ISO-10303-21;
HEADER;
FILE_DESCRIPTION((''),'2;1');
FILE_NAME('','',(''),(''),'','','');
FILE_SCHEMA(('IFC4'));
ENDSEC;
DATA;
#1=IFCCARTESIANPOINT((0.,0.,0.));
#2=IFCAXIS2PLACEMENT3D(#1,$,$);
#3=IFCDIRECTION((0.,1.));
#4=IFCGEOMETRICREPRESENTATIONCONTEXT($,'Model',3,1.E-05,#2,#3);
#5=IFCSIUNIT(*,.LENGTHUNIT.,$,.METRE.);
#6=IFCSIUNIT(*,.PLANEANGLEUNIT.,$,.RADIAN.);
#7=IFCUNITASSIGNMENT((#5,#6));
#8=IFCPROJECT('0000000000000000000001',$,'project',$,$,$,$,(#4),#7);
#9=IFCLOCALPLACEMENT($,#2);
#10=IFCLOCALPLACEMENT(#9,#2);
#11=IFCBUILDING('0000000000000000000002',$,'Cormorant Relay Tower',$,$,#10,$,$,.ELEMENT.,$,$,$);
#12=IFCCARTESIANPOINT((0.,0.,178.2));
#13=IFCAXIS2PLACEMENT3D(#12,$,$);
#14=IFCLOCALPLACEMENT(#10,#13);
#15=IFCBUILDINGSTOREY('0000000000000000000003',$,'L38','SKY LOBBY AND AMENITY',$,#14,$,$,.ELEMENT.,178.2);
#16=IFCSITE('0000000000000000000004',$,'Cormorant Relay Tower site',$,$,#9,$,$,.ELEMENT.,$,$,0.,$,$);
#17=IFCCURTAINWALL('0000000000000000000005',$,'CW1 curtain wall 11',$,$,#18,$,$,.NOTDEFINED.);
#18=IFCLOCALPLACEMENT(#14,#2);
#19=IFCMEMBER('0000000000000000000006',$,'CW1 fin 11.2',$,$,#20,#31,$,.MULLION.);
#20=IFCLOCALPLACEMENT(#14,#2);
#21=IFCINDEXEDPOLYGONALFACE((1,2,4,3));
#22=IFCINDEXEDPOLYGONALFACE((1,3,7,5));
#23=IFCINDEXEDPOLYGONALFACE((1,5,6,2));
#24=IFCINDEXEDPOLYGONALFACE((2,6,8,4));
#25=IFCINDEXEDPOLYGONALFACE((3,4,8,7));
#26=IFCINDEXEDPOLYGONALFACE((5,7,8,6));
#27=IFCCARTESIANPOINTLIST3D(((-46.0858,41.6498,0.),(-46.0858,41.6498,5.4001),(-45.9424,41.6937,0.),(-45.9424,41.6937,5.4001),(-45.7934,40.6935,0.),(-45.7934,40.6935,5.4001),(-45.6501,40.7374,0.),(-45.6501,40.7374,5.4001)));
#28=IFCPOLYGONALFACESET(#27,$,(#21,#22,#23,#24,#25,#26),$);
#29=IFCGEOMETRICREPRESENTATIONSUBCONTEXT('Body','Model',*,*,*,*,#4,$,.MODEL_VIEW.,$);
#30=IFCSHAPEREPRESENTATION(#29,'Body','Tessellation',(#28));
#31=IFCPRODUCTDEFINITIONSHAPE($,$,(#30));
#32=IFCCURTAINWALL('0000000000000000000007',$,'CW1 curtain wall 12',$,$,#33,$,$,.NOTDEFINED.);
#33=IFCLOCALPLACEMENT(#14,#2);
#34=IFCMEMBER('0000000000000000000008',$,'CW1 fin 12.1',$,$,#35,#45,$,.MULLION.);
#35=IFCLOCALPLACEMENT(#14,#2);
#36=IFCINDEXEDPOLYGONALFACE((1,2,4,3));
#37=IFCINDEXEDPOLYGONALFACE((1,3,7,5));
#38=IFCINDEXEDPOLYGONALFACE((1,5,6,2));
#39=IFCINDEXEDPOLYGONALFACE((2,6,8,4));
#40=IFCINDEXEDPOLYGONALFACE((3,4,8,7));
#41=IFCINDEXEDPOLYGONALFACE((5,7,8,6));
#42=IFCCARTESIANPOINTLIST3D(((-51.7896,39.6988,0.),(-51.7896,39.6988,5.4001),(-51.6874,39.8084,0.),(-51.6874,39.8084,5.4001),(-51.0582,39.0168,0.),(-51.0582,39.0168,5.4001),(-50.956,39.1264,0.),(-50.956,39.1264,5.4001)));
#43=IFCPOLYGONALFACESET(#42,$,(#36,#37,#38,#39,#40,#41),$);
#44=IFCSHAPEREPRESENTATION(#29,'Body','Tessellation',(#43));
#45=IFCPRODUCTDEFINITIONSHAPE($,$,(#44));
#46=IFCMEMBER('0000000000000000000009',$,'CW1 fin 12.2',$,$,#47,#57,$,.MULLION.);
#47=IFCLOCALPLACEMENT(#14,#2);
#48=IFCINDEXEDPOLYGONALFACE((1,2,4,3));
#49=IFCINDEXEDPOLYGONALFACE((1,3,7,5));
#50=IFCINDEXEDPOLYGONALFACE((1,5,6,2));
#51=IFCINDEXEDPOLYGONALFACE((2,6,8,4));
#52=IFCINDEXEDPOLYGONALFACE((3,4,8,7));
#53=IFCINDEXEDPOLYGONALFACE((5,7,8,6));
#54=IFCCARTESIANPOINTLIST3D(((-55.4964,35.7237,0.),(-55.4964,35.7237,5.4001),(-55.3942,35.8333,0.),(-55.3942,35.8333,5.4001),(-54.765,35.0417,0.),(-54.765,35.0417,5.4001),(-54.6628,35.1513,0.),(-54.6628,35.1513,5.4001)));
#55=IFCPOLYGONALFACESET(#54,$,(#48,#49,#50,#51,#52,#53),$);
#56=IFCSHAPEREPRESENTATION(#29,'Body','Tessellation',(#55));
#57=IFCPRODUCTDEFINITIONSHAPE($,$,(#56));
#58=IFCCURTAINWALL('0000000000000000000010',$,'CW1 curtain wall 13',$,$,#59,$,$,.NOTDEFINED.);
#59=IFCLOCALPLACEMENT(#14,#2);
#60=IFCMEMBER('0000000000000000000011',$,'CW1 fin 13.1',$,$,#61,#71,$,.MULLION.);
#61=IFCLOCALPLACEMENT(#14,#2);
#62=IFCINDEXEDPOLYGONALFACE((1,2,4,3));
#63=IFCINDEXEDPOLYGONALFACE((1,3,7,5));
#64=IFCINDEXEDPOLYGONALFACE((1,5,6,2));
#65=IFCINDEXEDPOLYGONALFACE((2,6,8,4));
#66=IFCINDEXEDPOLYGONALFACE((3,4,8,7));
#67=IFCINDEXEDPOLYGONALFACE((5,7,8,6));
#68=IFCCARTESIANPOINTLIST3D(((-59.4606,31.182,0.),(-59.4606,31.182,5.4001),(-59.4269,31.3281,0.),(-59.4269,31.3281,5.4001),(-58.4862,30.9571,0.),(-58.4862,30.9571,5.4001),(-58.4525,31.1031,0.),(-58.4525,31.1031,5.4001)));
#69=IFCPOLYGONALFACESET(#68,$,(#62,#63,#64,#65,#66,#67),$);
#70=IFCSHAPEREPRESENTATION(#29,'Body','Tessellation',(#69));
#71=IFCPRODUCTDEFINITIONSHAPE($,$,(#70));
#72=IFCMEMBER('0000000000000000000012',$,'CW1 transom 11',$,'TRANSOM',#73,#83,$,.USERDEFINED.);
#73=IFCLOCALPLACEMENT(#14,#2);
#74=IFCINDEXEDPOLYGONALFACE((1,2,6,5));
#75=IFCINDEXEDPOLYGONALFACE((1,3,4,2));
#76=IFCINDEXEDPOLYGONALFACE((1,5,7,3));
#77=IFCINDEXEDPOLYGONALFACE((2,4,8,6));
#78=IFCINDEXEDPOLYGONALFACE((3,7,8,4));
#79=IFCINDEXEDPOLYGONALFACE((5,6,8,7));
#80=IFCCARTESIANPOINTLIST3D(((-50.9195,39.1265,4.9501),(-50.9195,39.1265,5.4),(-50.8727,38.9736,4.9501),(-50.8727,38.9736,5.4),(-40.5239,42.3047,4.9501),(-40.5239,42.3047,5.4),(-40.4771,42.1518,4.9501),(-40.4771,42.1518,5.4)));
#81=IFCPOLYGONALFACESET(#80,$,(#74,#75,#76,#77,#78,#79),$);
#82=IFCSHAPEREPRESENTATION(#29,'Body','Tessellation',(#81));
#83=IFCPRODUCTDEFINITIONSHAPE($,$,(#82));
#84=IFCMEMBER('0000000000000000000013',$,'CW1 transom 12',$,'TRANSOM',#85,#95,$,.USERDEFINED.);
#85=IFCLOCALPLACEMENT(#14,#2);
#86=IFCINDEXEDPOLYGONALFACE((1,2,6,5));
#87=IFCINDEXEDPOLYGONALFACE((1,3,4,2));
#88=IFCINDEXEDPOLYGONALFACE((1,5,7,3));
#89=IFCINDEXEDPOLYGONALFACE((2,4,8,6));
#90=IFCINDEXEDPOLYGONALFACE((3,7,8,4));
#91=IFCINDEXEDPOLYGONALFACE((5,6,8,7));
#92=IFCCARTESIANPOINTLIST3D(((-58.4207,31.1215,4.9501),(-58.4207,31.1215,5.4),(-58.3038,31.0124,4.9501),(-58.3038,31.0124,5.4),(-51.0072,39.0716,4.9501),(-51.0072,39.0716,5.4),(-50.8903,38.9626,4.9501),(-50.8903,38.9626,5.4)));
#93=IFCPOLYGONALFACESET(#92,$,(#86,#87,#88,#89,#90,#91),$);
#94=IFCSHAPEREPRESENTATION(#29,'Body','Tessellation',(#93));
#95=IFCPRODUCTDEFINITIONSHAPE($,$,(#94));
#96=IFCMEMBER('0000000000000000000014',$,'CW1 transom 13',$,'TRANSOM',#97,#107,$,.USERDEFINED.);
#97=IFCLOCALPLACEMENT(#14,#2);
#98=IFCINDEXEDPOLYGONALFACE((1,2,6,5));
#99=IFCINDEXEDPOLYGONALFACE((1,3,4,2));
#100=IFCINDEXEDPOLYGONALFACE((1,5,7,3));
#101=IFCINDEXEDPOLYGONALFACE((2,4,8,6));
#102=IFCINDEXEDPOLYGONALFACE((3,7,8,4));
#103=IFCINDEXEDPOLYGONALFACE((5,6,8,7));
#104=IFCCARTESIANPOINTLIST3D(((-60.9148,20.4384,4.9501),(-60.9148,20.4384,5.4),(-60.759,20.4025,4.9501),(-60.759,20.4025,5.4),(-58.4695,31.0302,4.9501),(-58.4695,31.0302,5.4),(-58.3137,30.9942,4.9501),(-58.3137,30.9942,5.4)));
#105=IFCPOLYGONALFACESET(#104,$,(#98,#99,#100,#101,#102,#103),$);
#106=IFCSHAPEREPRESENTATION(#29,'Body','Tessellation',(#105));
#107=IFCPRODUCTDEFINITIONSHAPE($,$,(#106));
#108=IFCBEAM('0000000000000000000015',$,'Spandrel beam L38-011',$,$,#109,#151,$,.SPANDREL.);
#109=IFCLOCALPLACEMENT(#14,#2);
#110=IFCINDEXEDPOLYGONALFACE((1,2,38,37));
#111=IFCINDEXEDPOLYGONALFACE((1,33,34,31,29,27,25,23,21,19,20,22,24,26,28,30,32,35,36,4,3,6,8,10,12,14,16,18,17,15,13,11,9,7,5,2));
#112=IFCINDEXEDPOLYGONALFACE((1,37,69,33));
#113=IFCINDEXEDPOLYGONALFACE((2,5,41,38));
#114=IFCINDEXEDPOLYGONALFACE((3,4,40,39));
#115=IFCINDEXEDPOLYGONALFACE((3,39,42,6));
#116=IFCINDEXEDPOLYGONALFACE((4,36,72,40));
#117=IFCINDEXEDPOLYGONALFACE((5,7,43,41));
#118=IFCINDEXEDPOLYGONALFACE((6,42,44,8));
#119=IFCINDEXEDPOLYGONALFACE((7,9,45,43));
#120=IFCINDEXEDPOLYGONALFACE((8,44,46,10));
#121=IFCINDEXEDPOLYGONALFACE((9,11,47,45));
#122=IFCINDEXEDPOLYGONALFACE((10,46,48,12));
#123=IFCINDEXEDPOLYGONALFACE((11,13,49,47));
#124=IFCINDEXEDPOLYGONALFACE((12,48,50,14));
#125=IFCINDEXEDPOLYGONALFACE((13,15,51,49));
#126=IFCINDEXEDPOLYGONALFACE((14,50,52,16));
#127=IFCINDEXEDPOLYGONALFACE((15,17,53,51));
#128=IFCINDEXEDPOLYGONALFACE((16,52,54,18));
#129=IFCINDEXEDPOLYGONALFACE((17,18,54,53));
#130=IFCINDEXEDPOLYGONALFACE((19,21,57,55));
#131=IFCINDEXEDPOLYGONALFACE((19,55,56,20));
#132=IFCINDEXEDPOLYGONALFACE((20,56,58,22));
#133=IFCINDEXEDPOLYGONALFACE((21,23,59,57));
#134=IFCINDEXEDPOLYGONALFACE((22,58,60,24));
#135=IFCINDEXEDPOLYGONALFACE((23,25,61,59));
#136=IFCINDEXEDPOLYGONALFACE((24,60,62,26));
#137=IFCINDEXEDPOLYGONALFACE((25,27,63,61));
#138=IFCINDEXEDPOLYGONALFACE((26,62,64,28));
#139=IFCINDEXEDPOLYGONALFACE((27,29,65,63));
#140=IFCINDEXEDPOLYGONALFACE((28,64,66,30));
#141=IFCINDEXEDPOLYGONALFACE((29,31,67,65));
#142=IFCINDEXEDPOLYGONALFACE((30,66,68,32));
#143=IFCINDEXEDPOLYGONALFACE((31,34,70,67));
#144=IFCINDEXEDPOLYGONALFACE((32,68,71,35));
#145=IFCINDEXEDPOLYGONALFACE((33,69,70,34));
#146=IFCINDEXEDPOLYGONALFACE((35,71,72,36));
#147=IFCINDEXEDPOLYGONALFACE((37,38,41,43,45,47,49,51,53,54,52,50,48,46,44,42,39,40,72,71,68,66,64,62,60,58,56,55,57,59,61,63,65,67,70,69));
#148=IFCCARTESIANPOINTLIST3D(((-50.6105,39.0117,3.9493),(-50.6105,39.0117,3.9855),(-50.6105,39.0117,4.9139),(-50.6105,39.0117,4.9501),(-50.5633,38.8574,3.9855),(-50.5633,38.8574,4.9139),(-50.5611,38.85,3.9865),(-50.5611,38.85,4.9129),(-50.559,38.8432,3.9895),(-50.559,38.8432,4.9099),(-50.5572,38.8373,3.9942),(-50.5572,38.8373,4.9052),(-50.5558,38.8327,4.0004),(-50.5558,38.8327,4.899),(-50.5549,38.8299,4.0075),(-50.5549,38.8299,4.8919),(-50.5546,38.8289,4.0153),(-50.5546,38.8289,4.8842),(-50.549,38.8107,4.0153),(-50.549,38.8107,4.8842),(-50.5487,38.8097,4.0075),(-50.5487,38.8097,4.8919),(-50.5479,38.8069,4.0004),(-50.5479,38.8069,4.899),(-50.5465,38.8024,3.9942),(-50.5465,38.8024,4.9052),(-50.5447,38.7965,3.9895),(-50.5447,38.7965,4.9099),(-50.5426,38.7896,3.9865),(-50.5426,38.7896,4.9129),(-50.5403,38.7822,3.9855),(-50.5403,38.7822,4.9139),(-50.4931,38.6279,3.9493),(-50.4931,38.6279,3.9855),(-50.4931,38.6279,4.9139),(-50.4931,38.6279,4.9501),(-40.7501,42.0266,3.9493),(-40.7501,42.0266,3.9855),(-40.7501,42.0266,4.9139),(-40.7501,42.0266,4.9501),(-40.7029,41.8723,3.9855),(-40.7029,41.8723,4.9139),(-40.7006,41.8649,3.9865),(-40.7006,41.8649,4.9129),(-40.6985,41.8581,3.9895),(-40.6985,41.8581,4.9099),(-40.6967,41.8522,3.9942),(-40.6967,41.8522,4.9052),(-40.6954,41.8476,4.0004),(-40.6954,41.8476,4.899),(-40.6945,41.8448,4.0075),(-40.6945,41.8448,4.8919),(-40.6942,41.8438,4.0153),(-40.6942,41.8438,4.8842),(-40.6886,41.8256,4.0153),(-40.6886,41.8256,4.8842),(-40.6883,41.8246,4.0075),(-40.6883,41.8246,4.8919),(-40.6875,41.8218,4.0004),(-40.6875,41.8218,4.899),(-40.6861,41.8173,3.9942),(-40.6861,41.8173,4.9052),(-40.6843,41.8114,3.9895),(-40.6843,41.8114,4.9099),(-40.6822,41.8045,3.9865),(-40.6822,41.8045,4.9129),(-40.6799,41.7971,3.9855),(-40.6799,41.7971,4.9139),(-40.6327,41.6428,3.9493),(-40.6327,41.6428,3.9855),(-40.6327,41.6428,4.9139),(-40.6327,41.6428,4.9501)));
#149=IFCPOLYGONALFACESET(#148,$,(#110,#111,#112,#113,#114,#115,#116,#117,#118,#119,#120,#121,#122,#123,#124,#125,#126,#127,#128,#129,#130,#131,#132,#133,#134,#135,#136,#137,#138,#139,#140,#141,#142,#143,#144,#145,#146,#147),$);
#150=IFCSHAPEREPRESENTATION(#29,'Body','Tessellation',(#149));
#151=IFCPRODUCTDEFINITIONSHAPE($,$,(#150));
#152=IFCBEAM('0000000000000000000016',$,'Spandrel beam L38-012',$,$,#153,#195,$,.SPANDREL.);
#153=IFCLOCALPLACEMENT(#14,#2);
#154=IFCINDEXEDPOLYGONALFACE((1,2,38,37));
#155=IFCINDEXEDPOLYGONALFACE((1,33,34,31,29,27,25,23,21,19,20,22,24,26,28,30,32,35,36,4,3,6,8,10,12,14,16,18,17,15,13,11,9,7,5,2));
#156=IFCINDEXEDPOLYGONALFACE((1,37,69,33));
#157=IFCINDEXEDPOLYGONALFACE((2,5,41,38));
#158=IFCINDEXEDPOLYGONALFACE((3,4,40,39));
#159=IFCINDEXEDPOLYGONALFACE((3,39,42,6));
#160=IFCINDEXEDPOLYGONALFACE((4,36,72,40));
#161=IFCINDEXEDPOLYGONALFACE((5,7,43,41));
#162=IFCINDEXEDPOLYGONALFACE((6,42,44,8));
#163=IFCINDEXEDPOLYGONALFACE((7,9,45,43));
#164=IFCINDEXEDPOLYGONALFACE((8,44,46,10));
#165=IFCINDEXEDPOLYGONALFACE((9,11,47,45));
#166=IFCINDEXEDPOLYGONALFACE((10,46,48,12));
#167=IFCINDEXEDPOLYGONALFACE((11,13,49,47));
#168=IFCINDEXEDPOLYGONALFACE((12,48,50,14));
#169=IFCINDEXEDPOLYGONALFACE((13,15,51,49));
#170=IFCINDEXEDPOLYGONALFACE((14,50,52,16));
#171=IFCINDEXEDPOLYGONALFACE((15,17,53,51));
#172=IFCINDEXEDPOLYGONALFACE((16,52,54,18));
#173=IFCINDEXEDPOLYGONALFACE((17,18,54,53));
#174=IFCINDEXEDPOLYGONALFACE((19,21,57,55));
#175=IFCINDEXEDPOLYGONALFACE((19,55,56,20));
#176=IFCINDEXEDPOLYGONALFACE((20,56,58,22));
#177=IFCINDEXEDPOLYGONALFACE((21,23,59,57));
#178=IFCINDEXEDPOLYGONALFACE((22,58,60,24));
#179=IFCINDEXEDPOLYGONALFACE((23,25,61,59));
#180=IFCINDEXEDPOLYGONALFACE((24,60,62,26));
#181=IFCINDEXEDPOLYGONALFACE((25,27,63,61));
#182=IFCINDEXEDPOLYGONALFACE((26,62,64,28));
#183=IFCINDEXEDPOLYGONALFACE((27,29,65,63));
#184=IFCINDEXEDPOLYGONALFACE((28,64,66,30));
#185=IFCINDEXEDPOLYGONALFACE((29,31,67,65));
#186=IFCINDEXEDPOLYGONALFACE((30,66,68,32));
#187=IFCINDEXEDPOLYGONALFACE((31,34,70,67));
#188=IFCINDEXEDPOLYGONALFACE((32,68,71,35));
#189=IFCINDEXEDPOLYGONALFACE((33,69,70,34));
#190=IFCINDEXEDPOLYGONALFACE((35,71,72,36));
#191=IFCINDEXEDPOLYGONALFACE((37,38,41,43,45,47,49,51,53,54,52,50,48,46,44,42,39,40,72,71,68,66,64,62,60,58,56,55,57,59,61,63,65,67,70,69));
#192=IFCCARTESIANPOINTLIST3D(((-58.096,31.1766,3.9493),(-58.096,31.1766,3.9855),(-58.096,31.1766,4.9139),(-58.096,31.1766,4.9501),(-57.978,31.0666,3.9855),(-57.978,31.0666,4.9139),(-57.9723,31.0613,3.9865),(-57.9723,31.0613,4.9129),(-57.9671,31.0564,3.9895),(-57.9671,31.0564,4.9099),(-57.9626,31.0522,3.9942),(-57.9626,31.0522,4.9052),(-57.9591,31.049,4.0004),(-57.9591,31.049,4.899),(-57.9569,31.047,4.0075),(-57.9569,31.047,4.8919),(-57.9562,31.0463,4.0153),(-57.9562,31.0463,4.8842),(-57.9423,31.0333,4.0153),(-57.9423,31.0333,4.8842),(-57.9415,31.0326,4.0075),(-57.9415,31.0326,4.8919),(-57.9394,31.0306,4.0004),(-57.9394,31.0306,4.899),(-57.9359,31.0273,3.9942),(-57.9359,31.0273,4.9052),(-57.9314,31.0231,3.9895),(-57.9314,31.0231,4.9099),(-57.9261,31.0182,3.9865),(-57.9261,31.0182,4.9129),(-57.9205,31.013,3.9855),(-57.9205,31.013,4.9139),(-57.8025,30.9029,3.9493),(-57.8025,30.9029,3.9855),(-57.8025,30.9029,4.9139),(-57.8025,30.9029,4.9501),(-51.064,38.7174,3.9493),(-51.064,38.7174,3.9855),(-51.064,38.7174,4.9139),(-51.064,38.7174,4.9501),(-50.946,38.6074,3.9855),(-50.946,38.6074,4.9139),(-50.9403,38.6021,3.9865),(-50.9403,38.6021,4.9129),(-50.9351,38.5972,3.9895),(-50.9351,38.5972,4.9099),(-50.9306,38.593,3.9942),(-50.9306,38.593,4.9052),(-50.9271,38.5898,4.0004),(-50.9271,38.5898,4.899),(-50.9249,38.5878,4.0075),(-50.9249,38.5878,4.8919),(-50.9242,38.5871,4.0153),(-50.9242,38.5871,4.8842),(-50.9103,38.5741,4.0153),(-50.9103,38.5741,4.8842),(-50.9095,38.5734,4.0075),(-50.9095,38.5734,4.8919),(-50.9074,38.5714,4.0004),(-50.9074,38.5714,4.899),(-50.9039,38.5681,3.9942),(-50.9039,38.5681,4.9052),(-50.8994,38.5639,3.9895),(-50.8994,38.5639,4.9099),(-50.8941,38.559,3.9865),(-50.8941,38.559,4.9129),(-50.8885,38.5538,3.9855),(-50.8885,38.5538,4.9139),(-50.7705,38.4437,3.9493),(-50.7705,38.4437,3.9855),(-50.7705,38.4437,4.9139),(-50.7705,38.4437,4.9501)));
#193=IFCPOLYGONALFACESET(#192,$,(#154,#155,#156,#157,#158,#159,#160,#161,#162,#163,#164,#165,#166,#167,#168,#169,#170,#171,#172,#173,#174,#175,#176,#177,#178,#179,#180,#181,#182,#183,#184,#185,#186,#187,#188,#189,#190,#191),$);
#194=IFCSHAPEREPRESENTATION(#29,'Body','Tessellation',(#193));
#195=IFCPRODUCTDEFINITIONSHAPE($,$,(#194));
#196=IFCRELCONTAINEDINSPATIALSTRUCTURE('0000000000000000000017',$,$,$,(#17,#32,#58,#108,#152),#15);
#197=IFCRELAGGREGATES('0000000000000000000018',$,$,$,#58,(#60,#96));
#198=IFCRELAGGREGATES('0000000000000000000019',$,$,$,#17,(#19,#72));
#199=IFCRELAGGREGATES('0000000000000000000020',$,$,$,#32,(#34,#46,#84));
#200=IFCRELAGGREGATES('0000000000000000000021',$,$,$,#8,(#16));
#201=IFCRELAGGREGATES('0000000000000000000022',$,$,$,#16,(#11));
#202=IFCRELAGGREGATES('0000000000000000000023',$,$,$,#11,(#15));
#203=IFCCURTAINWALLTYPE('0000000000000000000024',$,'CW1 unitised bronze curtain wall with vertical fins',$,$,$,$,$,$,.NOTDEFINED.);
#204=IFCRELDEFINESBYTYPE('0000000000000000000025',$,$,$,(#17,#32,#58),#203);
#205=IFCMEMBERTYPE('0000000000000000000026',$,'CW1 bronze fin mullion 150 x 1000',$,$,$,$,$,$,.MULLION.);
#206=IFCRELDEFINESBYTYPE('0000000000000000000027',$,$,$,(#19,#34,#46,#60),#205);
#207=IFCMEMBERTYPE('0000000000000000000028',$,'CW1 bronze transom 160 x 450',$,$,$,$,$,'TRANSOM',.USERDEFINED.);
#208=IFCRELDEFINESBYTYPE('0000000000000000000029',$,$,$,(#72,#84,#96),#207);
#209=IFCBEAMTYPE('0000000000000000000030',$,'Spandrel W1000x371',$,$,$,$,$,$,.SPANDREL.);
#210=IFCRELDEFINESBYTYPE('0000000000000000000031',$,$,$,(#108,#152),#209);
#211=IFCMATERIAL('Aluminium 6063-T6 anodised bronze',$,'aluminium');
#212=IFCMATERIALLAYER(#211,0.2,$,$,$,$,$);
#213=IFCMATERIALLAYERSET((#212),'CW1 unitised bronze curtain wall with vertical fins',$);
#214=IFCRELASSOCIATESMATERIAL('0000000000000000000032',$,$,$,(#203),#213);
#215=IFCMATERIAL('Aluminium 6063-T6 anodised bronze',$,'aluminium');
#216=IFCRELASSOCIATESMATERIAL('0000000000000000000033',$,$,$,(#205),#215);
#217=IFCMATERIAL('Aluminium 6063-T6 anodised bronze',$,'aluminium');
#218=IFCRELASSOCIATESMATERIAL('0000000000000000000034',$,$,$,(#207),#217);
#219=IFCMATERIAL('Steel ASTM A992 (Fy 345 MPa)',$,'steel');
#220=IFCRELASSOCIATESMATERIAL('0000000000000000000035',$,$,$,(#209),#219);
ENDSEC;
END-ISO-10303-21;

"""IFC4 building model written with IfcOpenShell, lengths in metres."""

from ifc_helpers import new_model, si_unit, direction, frame, origin, origin_2d, place, context, subcontext, project, spatial, rectangle, i_section, extrude, material, layer, layer_set, material_profile, profile_set, type_object, element, aggregate, save


model = new_model("IFC4")

# Units and contexts
model_context = context("Model", 3, precision=1e-05, world=origin(), true_north=direction((0.0, 1.0)))
body_context = subcontext(model_context, "Body", "Model", "MODEL_VIEW")
ifc_project = project(units=[si_unit("LENGTHUNIT", "METRE"), si_unit("PLANEANGLEUNIT", "RADIAN")], contexts=[model_context])

# Site, building, storey
site_placement = place(None, origin())
site = spatial("IfcSite", under=ifc_project, at=site_placement, Name="Cormorant Relay Tower site", CompositionType="ELEMENT", RefElevation=0.0)
building_placement = place(site_placement, origin())
building = spatial("IfcBuilding", under=site, at=building_placement, Name="Cormorant Relay Tower", CompositionType="ELEMENT")
storey_placement = place(building_placement, frame((0.0, 0.0, 178.2)))
storey = spatial("IfcBuildingStorey", under=building, at=storey_placement, Name="L38", Description="SKY LOBBY AND AMENITY", CompositionType="ELEMENT", Elevation=178.2)

# Curtain walls, members
ifc_material_1 = material(Name="Aluminium 6063-T6 anodised bronze", Category="aluminium")
ifc_layer_1 = layer(ifc_material_1, 0.2)
ifc_layer_set_1 = layer_set([ifc_layer_1], Name="CW1 unitised bronze curtain wall with vertical fins")
curtain_wall_type = type_object("IfcCurtainWallType", Name="CW1 unitised bronze curtain wall with vertical fins", PredefinedType="NOTDEFINED", material=ifc_layer_set_1)
curtain_wall_1_placement = place(storey_placement, origin())
curtain_wall_1 = element("IfcCurtainWall", 1, at=curtain_wall_1_placement, inside=storey, type_object=curtain_wall_type, Name="CW1 curtain wall 11", PredefinedType="NOTDEFINED")
ifc_material_2 = material(Name="Aluminium 6063-T6 anodised bronze", Category="aluminium")
ifc_material_profile_1 = material_profile(ifc_material_2, rectangle(XDim=0.1499, YDim=1.0, at=origin_2d()), Name="AL 150x1000")
ifc_profile_set_1 = profile_set([ifc_material_profile_1], Name="Aluminium 6063-T6 anodised bronze")
member_type_1 = type_object("IfcMemberType", Name="CW1 bronze fin mullion 150 x 1000", PredefinedType="MULLION", material=ifc_profile_set_1)
member_1_placement = place(storey_placement, frame((-45.8679, 41.1936, 0.0), z_axis=(0.0, 0.0, 1.0), x_axis=(-0.956305, -0.292372, 0.0)))
member_1 = element("IfcMember", 2, at=member_1_placement, type_object=member_type_1, Name="CW1 fin 11.2", PredefinedType="MULLION", context=body_context, shape_type="SweptSolid", body=[
    extrude(rectangle(XDim=0.1499, YDim=1.0, at=origin_2d()), origin(), (0.0, 0.0, 1.0), 5.4001),
])
curtain_wall_2_placement = place(storey_placement, origin())
curtain_wall_2 = element("IfcCurtainWall", 3, at=curtain_wall_2_placement, inside=storey, type_object=curtain_wall_type, Name="CW1 curtain wall 12", PredefinedType="NOTDEFINED")
member_2_placement = place(storey_placement, frame((-51.3728, 39.4126, 0.0), z_axis=(0.0, 0.0, 1.0), x_axis=(-0.681998, -0.731354, 0.0)))
member_2 = element("IfcMember", 4, at=member_2_placement, type_object=member_type_1, Name="CW1 fin 12.1", PredefinedType="MULLION", context=body_context, shape_type="SweptSolid", body=[
    extrude(rectangle(XDim=0.1499, YDim=1.0, at=origin_2d()), origin(), (0.0, 0.0, 1.0), 5.4001),
])
member_3_placement = place(storey_placement, frame((-55.0796, 35.4375, 0.0), z_axis=(0.0, 0.0, 1.0), x_axis=(-0.681998, -0.731354, 0.0)))
member_3 = element("IfcMember", 5, at=member_3_placement, type_object=member_type_1, Name="CW1 fin 12.2", PredefinedType="MULLION", context=body_context, shape_type="SweptSolid", body=[
    extrude(rectangle(XDim=0.1499, YDim=1.0, at=origin_2d()), origin(), (0.0, 0.0, 1.0), 5.4001),
])

# Curtain wall, member
curtain_wall_3_placement = place(storey_placement, origin())
curtain_wall_3 = element("IfcCurtainWall", 6, at=curtain_wall_3_placement, inside=storey, type_object=curtain_wall_type, Name="CW1 curtain wall 13", PredefinedType="NOTDEFINED")
member_4_placement = place(storey_placement, frame((-58.9565, 31.1426, 0.0), z_axis=(0.0, 0.0, 1.0), x_axis=(-0.224951, -0.97437, 0.0)))
member_4 = element("IfcMember", 7, at=member_4_placement, type_object=member_type_1, Name="CW1 fin 13.1", PredefinedType="MULLION", context=body_context, shape_type="SweptSolid", body=[
    extrude(rectangle(XDim=0.1499, YDim=1.0, at=origin_2d()), origin(), (0.0, 0.0, 1.0), 5.4001),
])

# Members
ifc_material_3 = material(Name="Aluminium 6063-T6 anodised bronze", Category="aluminium")
ifc_material_profile_2 = material_profile(ifc_material_3, rectangle(XDim=0.1599, YDim=0.45, at=origin_2d()), Name="AL 160x450")
ifc_profile_set_2 = profile_set([ifc_material_profile_2], Name="Aluminium 6063-T6 anodised bronze")
member_type_2 = type_object("IfcMemberType", Name="CW1 bronze transom 160 x 450", ElementType="TRANSOM", PredefinedType="USERDEFINED", material=ifc_profile_set_2)
member_5_placement = place(storey_placement, frame((-40.5005, 42.2283, 5.175), z_axis=(-0.956305, -0.292371, 0.0), x_axis=(0.292371, -0.956305, 0.0)))
member_5 = element("IfcMember", 8, at=member_5_placement, type_object=member_type_2, Name="CW1 transom 11", ObjectType="TRANSOM", PredefinedType="USERDEFINED", context=body_context, shape_type="SweptSolid", body=[
    extrude(rectangle(XDim=0.1599, YDim=0.45, at=origin_2d()), origin(), (0.0, 0.0, 1.0), 10.8706),
])
member_6_placement = place(storey_placement, frame((-50.9487, 39.0171, 5.175), z_axis=(-0.681993, -0.731358, 0.0), x_axis=(0.731358, -0.681993, 0.0)))
member_6 = element("IfcMember", 9, at=member_6_placement, type_object=member_type_2, Name="CW1 transom 12", ObjectType="TRANSOM", PredefinedType="USERDEFINED", context=body_context, shape_type="SweptSolid", body=[
    extrude(rectangle(XDim=0.1599, YDim=0.45, at=origin_2d()), origin(), (0.0, 0.0, 1.0), 10.8704),
])
member_7_placement = place(storey_placement, frame((-58.3916, 31.0122, 5.175), z_axis=(-0.224951, -0.97437, 0.0), x_axis=(0.97437, -0.224951, 0.0)))
member_7 = element("IfcMember", 10, at=member_7_placement, type_object=member_type_2, Name="CW1 transom 13", ObjectType="TRANSOM", PredefinedType="USERDEFINED", context=body_context, shape_type="SweptSolid", body=[
    extrude(rectangle(XDim=0.1599, YDim=0.45, at=origin_2d()), origin(), (0.0, 0.0, 1.0), 10.8704),
])
aggregate(curtain_wall_3, [member_4, member_7])

# Beams
ifc_material_4 = material(Name="Steel ASTM A992 (Fy 345 MPa)", Category="steel")
ifc_material_profile_3 = material_profile(ifc_material_4, i_section(OverallWidth=0.4014, OverallDepth=1.0007, WebThickness=0.019, FlangeThickness=0.0361, FilletRadius=0.0298, at=origin_2d()), Name="W1000x371")
ifc_profile_set_3 = profile_set([ifc_material_profile_3], Name="Steel ASTM A992 (Fy 345 MPa)")
beam_type = type_object("IfcBeamType", Name="Spandrel W1000x371", PredefinedType="SPANDREL", material=ifc_profile_set_3)
beam_1_placement = place(storey_placement, frame((-40.6914, 41.8347, 4.4497), z_axis=(-0.956297, -0.292397, 0.0), x_axis=(0.292397, -0.956297, 0.0)))
element("IfcBeam", 11, at=beam_1_placement, inside=storey, type_object=beam_type, Name="Spandrel beam L38-011", PredefinedType="SPANDREL", context=body_context, shape_type="SweptSolid", body=[
    extrude(i_section(OverallWidth=0.4014, OverallDepth=1.0007, WebThickness=0.019, FlangeThickness=0.0361, FilletRadius=0.0298, at=origin_2d()), origin(), (0.0, 0.0, 1.0), 10.311),
])
beam_2_placement = place(storey_placement, frame((-50.9172, 38.5806, 4.4497), z_axis=(-0.682004, -0.731349, 0.0), x_axis=(0.731349, -0.682004, 0.0)))
element("IfcBeam", 12, at=beam_2_placement, inside=storey, type_object=beam_type, Name="Spandrel beam L38-012", PredefinedType="SPANDREL", context=body_context, shape_type="SweptSolid", body=[
    extrude(i_section(OverallWidth=0.4014, OverallDepth=1.0007, WebThickness=0.019, FlangeThickness=0.0361, FilletRadius=0.0298, at=origin_2d()), origin(), (0.0, 0.0, 1.0), 10.3108),
])

aggregate(curtain_wall_1, [member_1, member_5])
aggregate(curtain_wall_2, [member_2, member_3, member_6])

save(model, "model.ifc")
